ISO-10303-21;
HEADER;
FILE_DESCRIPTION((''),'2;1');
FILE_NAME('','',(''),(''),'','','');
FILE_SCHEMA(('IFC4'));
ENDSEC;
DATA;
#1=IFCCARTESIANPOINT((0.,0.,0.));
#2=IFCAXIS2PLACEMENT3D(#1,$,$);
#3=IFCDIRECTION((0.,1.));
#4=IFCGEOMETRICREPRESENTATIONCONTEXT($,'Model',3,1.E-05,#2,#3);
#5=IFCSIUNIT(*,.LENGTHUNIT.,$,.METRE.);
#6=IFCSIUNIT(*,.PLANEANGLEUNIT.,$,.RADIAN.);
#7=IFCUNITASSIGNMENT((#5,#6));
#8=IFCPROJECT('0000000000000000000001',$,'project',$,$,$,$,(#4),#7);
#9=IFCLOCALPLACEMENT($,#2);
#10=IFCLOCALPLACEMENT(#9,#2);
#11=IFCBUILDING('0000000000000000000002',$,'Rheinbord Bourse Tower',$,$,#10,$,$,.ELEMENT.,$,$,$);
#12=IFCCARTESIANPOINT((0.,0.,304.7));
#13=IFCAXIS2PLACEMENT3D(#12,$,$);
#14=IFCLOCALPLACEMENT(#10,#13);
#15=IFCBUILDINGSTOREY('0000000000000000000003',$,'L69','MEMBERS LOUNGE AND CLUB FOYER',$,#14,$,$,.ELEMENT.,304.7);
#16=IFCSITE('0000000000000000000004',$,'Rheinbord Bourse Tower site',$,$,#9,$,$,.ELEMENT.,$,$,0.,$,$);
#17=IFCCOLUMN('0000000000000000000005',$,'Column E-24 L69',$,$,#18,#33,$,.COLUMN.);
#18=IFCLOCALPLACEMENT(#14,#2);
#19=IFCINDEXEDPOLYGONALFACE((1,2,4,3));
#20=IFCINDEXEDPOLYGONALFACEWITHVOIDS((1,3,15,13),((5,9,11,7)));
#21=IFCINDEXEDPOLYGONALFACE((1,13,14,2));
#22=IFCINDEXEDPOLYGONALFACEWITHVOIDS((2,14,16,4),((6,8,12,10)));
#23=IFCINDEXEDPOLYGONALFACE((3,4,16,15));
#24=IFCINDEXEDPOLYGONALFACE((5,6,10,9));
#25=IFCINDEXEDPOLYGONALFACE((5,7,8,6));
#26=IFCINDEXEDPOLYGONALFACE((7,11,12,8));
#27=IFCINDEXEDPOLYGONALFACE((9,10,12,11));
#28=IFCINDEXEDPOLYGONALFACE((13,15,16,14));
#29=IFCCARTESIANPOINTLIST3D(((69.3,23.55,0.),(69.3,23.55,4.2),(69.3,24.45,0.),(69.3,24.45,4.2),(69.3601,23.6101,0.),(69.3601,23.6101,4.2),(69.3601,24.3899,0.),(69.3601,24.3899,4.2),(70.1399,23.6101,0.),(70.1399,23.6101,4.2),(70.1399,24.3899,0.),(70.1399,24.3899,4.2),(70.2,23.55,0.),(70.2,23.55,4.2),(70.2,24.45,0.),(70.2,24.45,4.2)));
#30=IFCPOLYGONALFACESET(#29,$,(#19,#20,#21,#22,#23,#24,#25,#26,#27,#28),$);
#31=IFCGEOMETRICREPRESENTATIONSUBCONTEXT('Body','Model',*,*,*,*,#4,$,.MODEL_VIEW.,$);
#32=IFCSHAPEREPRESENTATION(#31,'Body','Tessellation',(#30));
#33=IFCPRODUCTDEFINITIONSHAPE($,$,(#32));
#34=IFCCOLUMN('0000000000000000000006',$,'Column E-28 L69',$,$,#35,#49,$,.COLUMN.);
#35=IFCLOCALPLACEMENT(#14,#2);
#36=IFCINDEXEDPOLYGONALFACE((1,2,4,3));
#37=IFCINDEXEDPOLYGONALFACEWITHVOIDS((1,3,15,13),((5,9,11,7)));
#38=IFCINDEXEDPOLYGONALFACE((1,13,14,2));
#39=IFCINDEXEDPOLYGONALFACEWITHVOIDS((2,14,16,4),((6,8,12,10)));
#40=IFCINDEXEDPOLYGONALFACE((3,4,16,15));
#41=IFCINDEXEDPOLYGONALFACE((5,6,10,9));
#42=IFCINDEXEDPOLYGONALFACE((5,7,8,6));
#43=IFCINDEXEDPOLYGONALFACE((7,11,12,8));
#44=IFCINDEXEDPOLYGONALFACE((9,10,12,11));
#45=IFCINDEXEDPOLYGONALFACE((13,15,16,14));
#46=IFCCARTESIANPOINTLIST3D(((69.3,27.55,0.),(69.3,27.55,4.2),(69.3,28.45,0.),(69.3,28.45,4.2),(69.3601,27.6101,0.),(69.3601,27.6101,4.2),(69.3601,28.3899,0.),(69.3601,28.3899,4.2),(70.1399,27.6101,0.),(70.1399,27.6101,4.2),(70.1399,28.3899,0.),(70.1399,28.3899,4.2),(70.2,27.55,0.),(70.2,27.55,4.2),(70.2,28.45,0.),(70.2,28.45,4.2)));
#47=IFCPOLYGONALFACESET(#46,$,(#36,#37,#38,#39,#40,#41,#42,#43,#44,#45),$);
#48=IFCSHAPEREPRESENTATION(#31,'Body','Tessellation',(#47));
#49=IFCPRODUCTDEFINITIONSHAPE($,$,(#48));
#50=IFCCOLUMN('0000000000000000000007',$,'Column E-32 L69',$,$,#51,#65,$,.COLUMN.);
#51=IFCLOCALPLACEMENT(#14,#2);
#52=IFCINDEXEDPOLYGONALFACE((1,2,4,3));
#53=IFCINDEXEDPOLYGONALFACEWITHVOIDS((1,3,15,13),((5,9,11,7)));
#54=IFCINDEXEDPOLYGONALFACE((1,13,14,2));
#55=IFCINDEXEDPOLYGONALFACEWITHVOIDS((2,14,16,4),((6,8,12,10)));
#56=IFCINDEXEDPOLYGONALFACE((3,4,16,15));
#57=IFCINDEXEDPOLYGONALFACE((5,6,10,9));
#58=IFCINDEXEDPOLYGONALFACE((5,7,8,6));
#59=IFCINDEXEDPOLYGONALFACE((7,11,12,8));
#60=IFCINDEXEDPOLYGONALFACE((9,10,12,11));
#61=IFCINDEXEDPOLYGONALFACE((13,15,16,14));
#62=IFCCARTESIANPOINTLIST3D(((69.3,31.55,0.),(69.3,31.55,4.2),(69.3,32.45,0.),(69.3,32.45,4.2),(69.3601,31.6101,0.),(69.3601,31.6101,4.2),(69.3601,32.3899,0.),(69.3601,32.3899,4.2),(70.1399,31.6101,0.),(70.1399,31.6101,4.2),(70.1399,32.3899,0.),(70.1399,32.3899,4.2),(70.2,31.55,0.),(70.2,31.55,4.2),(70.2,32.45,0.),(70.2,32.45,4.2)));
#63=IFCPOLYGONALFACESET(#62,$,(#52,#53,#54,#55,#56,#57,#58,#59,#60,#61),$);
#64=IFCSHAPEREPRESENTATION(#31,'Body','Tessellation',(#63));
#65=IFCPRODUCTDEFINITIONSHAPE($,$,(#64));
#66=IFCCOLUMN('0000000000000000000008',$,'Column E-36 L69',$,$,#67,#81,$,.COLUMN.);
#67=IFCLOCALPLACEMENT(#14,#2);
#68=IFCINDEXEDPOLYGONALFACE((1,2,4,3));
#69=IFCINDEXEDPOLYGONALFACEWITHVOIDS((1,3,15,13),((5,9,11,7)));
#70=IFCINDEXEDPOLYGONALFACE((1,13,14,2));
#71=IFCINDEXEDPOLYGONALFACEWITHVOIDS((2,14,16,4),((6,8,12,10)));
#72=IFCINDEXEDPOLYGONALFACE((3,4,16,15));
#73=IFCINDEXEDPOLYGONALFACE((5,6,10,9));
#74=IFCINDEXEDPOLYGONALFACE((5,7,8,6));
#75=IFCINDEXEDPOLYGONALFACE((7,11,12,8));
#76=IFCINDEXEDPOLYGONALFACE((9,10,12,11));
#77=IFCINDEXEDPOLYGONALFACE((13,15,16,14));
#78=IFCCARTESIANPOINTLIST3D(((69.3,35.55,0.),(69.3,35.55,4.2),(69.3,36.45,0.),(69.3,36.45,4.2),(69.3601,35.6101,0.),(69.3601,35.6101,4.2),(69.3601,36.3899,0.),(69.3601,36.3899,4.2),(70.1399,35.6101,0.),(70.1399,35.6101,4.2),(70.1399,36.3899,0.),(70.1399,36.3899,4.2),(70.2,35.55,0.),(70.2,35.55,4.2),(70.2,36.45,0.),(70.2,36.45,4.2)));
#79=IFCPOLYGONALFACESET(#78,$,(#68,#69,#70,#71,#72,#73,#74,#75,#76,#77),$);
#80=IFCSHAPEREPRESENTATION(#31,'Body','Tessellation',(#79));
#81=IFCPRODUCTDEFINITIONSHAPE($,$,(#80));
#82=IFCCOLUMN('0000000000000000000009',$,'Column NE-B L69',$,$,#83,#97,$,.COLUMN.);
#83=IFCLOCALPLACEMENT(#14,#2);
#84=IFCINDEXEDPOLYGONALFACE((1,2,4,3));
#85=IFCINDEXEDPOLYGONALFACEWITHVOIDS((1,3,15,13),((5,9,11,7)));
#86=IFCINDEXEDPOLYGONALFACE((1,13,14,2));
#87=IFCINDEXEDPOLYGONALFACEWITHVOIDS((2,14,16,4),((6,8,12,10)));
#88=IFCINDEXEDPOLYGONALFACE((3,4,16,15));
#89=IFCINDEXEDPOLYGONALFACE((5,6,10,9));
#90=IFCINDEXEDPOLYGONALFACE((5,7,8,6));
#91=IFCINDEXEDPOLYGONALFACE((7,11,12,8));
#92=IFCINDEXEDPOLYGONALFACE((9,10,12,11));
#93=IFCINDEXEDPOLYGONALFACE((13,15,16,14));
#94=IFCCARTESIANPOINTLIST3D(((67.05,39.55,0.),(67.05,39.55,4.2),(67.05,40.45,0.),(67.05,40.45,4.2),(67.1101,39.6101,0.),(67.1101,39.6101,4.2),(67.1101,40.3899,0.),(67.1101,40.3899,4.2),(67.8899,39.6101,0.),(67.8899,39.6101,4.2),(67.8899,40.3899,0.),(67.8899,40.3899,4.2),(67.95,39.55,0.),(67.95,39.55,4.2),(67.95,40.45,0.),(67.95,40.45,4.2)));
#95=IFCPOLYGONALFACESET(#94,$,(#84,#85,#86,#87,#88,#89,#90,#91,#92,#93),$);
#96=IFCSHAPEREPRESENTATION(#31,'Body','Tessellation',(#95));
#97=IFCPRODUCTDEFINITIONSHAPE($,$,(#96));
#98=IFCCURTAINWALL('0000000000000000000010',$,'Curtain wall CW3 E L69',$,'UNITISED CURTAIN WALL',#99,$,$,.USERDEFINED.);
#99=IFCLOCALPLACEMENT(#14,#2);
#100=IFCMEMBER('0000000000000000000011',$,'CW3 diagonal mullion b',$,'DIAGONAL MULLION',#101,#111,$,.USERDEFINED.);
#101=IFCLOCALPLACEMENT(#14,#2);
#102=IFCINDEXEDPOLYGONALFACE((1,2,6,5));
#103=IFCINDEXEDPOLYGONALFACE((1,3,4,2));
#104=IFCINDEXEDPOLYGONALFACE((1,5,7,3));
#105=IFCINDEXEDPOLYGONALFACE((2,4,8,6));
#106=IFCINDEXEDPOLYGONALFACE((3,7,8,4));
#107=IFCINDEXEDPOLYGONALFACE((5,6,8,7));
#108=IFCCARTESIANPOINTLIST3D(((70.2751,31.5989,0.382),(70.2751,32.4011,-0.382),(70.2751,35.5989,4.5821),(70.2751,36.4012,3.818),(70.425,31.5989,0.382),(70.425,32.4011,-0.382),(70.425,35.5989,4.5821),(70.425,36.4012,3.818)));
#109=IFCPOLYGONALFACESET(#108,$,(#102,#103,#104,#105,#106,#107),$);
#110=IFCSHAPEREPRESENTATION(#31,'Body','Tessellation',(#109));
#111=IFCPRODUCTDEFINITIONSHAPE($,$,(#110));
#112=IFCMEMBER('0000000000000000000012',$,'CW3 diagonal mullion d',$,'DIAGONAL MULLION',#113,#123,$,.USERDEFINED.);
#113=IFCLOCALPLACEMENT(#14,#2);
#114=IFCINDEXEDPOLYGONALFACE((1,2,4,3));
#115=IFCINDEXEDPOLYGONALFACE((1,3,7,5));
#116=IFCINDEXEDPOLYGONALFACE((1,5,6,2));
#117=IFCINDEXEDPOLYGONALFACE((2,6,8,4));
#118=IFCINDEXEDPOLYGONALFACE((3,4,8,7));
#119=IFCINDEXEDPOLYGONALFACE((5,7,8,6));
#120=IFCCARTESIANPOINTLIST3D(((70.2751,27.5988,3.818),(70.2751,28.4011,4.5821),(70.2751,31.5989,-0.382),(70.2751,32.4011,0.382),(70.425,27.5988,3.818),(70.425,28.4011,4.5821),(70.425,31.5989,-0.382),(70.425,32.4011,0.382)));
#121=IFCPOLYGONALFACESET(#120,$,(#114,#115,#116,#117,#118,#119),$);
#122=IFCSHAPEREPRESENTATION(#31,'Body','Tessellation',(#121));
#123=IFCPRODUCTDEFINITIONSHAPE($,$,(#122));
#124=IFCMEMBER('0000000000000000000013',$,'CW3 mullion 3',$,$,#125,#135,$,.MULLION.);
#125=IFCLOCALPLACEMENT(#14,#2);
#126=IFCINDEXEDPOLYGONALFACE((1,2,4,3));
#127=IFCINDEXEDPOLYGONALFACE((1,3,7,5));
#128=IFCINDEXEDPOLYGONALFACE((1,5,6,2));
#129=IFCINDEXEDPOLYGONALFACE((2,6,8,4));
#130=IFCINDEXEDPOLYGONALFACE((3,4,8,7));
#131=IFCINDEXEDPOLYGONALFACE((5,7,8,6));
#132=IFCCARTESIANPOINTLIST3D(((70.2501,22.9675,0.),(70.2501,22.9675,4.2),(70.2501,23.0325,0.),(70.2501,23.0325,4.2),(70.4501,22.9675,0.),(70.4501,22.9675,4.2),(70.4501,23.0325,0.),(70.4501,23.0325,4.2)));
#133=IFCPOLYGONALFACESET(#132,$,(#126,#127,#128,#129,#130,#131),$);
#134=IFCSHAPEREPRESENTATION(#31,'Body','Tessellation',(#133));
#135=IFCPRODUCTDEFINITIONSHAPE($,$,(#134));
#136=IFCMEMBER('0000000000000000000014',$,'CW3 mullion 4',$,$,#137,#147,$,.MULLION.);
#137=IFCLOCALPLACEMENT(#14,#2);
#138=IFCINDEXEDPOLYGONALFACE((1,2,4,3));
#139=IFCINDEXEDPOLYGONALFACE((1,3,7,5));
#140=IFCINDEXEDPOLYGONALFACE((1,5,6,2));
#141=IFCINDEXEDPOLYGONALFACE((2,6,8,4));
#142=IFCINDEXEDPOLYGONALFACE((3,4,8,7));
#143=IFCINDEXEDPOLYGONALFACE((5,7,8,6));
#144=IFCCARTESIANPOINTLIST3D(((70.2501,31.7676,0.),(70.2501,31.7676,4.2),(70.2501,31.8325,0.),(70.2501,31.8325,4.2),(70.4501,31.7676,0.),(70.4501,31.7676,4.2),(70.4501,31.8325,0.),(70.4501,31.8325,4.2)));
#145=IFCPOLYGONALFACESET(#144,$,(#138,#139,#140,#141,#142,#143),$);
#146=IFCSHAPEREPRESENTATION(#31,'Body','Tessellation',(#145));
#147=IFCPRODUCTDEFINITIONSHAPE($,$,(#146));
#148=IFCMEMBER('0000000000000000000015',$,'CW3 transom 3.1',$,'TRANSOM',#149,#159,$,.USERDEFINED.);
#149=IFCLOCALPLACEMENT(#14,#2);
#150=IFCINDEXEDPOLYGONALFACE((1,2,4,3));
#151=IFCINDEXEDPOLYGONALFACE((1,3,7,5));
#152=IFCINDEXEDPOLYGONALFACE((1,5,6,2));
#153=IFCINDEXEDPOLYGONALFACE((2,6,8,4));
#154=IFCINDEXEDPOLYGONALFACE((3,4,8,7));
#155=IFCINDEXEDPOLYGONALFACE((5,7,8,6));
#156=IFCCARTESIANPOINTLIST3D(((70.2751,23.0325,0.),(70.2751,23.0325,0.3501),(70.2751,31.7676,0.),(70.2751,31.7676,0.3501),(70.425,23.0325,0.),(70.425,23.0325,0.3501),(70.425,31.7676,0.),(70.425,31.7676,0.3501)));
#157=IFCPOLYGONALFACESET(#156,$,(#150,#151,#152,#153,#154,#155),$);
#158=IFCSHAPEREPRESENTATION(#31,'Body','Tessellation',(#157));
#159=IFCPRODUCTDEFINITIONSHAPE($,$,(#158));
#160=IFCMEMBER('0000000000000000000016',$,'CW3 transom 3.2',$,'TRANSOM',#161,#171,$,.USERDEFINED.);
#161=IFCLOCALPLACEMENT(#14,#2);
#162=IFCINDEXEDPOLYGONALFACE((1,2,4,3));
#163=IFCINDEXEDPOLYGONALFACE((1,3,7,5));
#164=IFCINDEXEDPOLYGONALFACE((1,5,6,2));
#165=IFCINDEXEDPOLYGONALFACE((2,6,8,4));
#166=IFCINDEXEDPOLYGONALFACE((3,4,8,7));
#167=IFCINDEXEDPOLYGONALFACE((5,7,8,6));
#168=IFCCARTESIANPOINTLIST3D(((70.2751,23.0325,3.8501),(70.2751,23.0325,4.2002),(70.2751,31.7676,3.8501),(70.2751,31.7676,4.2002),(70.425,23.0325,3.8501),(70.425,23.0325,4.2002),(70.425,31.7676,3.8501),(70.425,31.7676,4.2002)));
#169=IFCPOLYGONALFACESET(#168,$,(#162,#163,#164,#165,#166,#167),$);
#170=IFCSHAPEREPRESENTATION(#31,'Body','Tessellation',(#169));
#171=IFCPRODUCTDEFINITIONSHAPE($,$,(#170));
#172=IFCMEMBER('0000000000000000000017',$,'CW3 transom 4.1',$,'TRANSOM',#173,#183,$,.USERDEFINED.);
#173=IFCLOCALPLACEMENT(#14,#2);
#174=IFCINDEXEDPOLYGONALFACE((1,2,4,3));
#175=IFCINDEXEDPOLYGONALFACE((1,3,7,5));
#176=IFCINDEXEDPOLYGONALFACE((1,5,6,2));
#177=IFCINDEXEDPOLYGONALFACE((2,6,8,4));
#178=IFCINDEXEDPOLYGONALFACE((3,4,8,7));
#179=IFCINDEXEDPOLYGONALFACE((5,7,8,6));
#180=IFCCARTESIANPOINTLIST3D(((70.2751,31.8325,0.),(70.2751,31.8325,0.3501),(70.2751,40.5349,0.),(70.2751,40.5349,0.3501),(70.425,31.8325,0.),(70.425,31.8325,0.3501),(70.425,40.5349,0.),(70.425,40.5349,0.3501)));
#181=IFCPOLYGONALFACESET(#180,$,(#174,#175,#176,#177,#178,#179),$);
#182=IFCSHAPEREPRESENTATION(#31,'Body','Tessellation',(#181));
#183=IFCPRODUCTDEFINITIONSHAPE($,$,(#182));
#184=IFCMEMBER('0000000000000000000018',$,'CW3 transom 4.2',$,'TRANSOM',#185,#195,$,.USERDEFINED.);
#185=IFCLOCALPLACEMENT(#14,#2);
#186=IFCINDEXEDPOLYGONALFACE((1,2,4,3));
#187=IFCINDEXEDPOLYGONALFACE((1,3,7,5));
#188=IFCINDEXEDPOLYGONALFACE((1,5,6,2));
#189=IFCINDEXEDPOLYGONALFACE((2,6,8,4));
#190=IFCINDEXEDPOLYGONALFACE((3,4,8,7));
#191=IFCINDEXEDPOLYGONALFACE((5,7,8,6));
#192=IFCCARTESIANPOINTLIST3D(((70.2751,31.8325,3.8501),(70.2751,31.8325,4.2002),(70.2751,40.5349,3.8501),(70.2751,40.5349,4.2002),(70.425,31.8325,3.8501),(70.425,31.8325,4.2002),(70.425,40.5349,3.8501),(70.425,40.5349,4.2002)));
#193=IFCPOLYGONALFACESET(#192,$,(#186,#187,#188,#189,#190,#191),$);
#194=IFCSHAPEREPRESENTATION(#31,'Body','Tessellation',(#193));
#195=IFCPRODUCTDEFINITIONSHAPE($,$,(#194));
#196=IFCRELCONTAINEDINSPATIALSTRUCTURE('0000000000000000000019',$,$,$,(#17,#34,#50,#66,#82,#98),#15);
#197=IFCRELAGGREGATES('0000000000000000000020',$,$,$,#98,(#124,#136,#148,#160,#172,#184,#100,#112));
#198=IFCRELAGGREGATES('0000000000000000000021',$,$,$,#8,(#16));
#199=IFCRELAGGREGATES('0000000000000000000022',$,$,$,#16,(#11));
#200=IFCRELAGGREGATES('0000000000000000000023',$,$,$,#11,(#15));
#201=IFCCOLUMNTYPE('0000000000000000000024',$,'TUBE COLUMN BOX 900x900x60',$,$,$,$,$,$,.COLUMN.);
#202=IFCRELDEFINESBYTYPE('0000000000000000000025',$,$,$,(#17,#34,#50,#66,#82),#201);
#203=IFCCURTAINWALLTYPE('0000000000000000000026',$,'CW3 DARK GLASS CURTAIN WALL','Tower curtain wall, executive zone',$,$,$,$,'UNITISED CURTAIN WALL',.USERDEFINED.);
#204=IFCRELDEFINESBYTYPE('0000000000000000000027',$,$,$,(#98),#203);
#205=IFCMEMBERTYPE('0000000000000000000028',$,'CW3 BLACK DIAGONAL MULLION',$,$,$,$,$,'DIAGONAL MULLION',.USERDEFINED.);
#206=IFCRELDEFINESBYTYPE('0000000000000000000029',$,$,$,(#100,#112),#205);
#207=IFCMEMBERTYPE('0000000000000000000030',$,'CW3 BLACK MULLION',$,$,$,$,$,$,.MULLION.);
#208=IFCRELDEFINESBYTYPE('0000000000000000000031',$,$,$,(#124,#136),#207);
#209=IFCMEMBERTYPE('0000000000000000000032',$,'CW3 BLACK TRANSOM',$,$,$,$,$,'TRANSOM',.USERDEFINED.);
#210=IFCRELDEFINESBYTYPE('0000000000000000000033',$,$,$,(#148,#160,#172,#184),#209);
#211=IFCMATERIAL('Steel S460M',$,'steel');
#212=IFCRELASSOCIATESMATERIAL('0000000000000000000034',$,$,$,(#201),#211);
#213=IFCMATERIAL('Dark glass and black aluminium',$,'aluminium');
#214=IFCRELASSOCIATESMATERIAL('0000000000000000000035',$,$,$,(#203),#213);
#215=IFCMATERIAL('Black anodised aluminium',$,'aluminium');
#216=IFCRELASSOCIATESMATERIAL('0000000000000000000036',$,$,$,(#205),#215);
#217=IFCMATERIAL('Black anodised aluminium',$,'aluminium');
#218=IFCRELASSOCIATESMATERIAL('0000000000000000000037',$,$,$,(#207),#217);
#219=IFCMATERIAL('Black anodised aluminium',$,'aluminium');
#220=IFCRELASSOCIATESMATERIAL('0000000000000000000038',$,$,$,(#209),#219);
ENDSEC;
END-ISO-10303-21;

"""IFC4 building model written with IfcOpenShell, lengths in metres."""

from ifc_helpers import new_model, si_unit, direction, frame, origin, origin_2d, place, context, subcontext, project, spatial, rectangle, hollow_rectangle, extrude, material, material_profile, profile_set, type_object, element, aggregate, save


model = new_model("IFC4")

# Units and contexts
model_context = context("Model", 3, precision=1e-05, world=origin(), true_north=direction((0.0, 1.0)))
body_context = subcontext(model_context, "Body", "Model", "MODEL_VIEW")
ifc_project = project(units=[si_unit("LENGTHUNIT", "METRE"), si_unit("PLANEANGLEUNIT", "RADIAN")], contexts=[model_context])

# Site, building, storey
site_placement = place(None, origin())
site = spatial("IfcSite", under=ifc_project, at=site_placement, Name="Rheinbord Bourse Tower site", CompositionType="ELEMENT", RefElevation=0.0)
building_placement = place(site_placement, origin())
building = spatial("IfcBuilding", under=site, at=building_placement, Name="Rheinbord Bourse Tower", CompositionType="ELEMENT")
storey_placement = place(building_placement, frame((0.0, 0.0, 304.7)))
storey = spatial("IfcBuildingStorey", under=building, at=storey_placement, Name="L69", Description="MEMBERS LOUNGE AND CLUB FOYER", CompositionType="ELEMENT", Elevation=304.7)

# Columns
ifc_material_1 = material(Name="Steel S460M", Category="steel")
ifc_material_profile_1 = material_profile(ifc_material_1, hollow_rectangle(XDim=0.8999, YDim=0.8999, WallThickness=0.0601, at=origin_2d()), Name="BOX 900x900x60")
ifc_profile_set_1 = profile_set([ifc_material_profile_1], Name="Steel S460M")
column_type = type_object("IfcColumnType", Name="TUBE COLUMN BOX 900x900x60", PredefinedType="COLUMN", material=ifc_profile_set_1)
for number, where, z_axis, x_axis, name in (
    (1, (69.75, 24.0, 0.0), (0.0, 0.0, 1.0), (1.0, 0.0, 0.0), "Column E-24 L69"),
    (2, (69.75, 28.0, 0.0), (0.0, 0.0, 1.0), (1.0, 0.0, 0.0), "Column E-28 L69"),
    (3, (69.75, 32.0, 0.0), (0.0, 0.0, 1.0), (1.0, 0.0, 0.0), "Column E-32 L69"),
    (4, (69.75, 36.0, 0.0), (0.0, 0.0, 1.0), (1.0, 0.0, 0.0), "Column E-36 L69"),
    (5, (67.5, 40.0, 0.0), (0.0, 0.0, 1.0), (1.0, 0.0, 0.0), "Column NE-B L69"),
):
    element("IfcColumn", number, at=place(storey_placement, frame(where, z_axis=z_axis, x_axis=x_axis)), inside=storey, type_object=column_type, Name=name, PredefinedType="COLUMN", context=body_context, shape_type="SweptSolid", body=[
        extrude(hollow_rectangle(XDim=0.8999, YDim=0.8999, WallThickness=0.0601, at=origin_2d()), origin(), (0.0, 0.0, 1.0), 4.2),
    ])

# Curtain wall, members
ifc_material_2 = material(Name="Dark glass and black aluminium", Category="aluminium")
curtain_wall_type = type_object("IfcCurtainWallType", Name="CW3 DARK GLASS CURTAIN WALL", Description="Tower curtain wall, executive zone", ElementType="UNITISED CURTAIN WALL", PredefinedType="USERDEFINED", material=ifc_material_2)
curtain_wall_placement = place(storey_placement, origin())
curtain_wall = element("IfcCurtainWall", 6, at=curtain_wall_placement, inside=storey, type_object=curtain_wall_type, Name="Curtain wall CW3 E L69", ObjectType="UNITISED CURTAIN WALL", PredefinedType="USERDEFINED")
ifc_material_3 = material(Name="Black anodised aluminium", Category="aluminium")
ifc_material_profile_2 = material_profile(ifc_material_3, rectangle(XDim=0.1499, YDim=1.1079, at=origin_2d()), Name="CW3 DIAGONAL MULLION 1108x150")
ifc_profile_set_2 = profile_set([ifc_material_profile_2], Name="Black anodised aluminium")
member_type_1 = type_object("IfcMemberType", Name="CW3 BLACK DIAGONAL MULLION", ElementType="DIAGONAL MULLION", PredefinedType="USERDEFINED", material=ifc_profile_set_2)
member_1_placement = place(storey_placement, frame((70.3501, 32.0, 0.0), z_axis=(0.0, 0.689659, 0.724134), x_axis=(-1.0, 0.0, 0.0)))
member_1 = element("IfcMember", 7, at=member_1_placement, type_object=member_type_1, Name="CW3 diagonal mullion b", ObjectType="DIAGONAL MULLION", PredefinedType="USERDEFINED", context=body_context, shape_type="SweptSolid", body=[
    extrude(rectangle(XDim=0.1499, YDim=1.1079, at=origin_2d()), origin(), (0.0, 0.0, 1.0), 5.8),
])
member_2_placement = place(storey_placement, frame((70.3501, 32.0, 0.0), z_axis=(0.0, -0.689659, 0.724134), x_axis=(1.0, 0.0, 0.0)))
member_2 = element("IfcMember", 8, at=member_2_placement, type_object=member_type_1, Name="CW3 diagonal mullion d", ObjectType="DIAGONAL MULLION", PredefinedType="USERDEFINED", context=body_context, shape_type="SweptSolid", body=[
    extrude(rectangle(XDim=0.1499, YDim=1.1079, at=origin_2d()), origin(), (0.0, 0.0, 1.0), 5.8),
])
ifc_material_4 = material(Name="Black anodised aluminium", Category="aluminium")
ifc_material_profile_3 = material_profile(ifc_material_4, rectangle(XDim=0.2, YDim=0.0649, at=origin_2d()), Name="CW3 MULLION 65x200")
ifc_profile_set_3 = profile_set([ifc_material_profile_3], Name="Black anodised aluminium")
member_type_2 = type_object("IfcMemberType", Name="CW3 BLACK MULLION", PredefinedType="MULLION", material=ifc_profile_set_3)
member_3_placement = place(storey_placement, frame((70.3501, 23.0, 0.0), z_axis=(0.0, 0.0, 1.0), x_axis=(-1.0, 0.0, 0.0)))
member_3 = element("IfcMember", 9, at=member_3_placement, type_object=member_type_2, Name="CW3 mullion 3", PredefinedType="MULLION", context=body_context, shape_type="SweptSolid", body=[
    extrude(rectangle(XDim=0.2, YDim=0.0649, at=origin_2d()), origin(), (0.0, 0.0, 1.0), 4.2),
])
member_4_placement = place(storey_placement, frame((70.3501, 31.8, 0.0), z_axis=(0.0, 0.0, 1.0), x_axis=(-1.0, 0.0, 0.0)))
member_4 = element("IfcMember", 10, at=member_4_placement, type_object=member_type_2, Name="CW3 mullion 4", PredefinedType="MULLION", context=body_context, shape_type="SweptSolid", body=[
    extrude(rectangle(XDim=0.2, YDim=0.0649, at=origin_2d()), origin(), (0.0, 0.0, 1.0), 4.2),
])
ifc_material_5 = material(Name="Black anodised aluminium", Category="aluminium")
ifc_material_profile_4 = material_profile(ifc_material_5, rectangle(XDim=0.1499, YDim=0.3501, at=origin_2d()), Name="CW3 TRANSOM 350x150")
ifc_profile_set_4 = profile_set([ifc_material_profile_4], Name="Black anodised aluminium")
member_type_3 = type_object("IfcMemberType", Name="CW3 BLACK TRANSOM", ElementType="TRANSOM", PredefinedType="USERDEFINED", material=ifc_profile_set_4)
member_5_placement = place(storey_placement, frame((70.3501, 23.0325, 0.175), z_axis=(0.0, 1.0, 0.0), x_axis=(-1.0, 0.0, 0.0)))
member_5 = element("IfcMember", 11, at=member_5_placement, type_object=member_type_3, Name="CW3 transom 3.1", ObjectType="TRANSOM", PredefinedType="USERDEFINED", context=body_context, shape_type="SweptSolid", body=[
    extrude(rectangle(XDim=0.1499, YDim=0.3501, at=origin_2d()), origin(), (0.0, 0.0, 1.0), 8.7351),
])
member_6_placement = place(storey_placement, frame((70.3501, 23.0325, 4.0251), z_axis=(0.0, 1.0, 0.0), x_axis=(-1.0, 0.0, 0.0)))
member_6 = element("IfcMember", 12, at=member_6_placement, type_object=member_type_3, Name="CW3 transom 3.2", ObjectType="TRANSOM", PredefinedType="USERDEFINED", context=body_context, shape_type="SweptSolid", body=[
    extrude(rectangle(XDim=0.1499, YDim=0.3501, at=origin_2d()), origin(), (0.0, 0.0, 1.0), 8.7351),
])
member_7_placement = place(storey_placement, frame((70.3501, 31.8325, 0.175), z_axis=(0.0, 1.0, 0.0), x_axis=(-1.0, 0.0, 0.0)))
member_7 = element("IfcMember", 13, at=member_7_placement, type_object=member_type_3, Name="CW3 transom 4.1", ObjectType="TRANSOM", PredefinedType="USERDEFINED", context=body_context, shape_type="SweptSolid", body=[
    extrude(rectangle(XDim=0.1499, YDim=0.3501, at=origin_2d()), origin(), (0.0, 0.0, 1.0), 8.7024),
])
member_8_placement = place(storey_placement, frame((70.3501, 31.8325, 4.0251), z_axis=(0.0, 1.0, 0.0), x_axis=(-1.0, 0.0, 0.0)))
member_8 = element("IfcMember", 14, at=member_8_placement, type_object=member_type_3, Name="CW3 transom 4.2", ObjectType="TRANSOM", PredefinedType="USERDEFINED", context=body_context, shape_type="SweptSolid", body=[
    extrude(rectangle(XDim=0.1499, YDim=0.3501, at=origin_2d()), origin(), (0.0, 0.0, 1.0), 8.7024),
])

aggregate(curtain_wall, [member_3, member_4, member_5, member_6, member_7, member_8, member_1, member_2])

save(model, "model.ifc")
